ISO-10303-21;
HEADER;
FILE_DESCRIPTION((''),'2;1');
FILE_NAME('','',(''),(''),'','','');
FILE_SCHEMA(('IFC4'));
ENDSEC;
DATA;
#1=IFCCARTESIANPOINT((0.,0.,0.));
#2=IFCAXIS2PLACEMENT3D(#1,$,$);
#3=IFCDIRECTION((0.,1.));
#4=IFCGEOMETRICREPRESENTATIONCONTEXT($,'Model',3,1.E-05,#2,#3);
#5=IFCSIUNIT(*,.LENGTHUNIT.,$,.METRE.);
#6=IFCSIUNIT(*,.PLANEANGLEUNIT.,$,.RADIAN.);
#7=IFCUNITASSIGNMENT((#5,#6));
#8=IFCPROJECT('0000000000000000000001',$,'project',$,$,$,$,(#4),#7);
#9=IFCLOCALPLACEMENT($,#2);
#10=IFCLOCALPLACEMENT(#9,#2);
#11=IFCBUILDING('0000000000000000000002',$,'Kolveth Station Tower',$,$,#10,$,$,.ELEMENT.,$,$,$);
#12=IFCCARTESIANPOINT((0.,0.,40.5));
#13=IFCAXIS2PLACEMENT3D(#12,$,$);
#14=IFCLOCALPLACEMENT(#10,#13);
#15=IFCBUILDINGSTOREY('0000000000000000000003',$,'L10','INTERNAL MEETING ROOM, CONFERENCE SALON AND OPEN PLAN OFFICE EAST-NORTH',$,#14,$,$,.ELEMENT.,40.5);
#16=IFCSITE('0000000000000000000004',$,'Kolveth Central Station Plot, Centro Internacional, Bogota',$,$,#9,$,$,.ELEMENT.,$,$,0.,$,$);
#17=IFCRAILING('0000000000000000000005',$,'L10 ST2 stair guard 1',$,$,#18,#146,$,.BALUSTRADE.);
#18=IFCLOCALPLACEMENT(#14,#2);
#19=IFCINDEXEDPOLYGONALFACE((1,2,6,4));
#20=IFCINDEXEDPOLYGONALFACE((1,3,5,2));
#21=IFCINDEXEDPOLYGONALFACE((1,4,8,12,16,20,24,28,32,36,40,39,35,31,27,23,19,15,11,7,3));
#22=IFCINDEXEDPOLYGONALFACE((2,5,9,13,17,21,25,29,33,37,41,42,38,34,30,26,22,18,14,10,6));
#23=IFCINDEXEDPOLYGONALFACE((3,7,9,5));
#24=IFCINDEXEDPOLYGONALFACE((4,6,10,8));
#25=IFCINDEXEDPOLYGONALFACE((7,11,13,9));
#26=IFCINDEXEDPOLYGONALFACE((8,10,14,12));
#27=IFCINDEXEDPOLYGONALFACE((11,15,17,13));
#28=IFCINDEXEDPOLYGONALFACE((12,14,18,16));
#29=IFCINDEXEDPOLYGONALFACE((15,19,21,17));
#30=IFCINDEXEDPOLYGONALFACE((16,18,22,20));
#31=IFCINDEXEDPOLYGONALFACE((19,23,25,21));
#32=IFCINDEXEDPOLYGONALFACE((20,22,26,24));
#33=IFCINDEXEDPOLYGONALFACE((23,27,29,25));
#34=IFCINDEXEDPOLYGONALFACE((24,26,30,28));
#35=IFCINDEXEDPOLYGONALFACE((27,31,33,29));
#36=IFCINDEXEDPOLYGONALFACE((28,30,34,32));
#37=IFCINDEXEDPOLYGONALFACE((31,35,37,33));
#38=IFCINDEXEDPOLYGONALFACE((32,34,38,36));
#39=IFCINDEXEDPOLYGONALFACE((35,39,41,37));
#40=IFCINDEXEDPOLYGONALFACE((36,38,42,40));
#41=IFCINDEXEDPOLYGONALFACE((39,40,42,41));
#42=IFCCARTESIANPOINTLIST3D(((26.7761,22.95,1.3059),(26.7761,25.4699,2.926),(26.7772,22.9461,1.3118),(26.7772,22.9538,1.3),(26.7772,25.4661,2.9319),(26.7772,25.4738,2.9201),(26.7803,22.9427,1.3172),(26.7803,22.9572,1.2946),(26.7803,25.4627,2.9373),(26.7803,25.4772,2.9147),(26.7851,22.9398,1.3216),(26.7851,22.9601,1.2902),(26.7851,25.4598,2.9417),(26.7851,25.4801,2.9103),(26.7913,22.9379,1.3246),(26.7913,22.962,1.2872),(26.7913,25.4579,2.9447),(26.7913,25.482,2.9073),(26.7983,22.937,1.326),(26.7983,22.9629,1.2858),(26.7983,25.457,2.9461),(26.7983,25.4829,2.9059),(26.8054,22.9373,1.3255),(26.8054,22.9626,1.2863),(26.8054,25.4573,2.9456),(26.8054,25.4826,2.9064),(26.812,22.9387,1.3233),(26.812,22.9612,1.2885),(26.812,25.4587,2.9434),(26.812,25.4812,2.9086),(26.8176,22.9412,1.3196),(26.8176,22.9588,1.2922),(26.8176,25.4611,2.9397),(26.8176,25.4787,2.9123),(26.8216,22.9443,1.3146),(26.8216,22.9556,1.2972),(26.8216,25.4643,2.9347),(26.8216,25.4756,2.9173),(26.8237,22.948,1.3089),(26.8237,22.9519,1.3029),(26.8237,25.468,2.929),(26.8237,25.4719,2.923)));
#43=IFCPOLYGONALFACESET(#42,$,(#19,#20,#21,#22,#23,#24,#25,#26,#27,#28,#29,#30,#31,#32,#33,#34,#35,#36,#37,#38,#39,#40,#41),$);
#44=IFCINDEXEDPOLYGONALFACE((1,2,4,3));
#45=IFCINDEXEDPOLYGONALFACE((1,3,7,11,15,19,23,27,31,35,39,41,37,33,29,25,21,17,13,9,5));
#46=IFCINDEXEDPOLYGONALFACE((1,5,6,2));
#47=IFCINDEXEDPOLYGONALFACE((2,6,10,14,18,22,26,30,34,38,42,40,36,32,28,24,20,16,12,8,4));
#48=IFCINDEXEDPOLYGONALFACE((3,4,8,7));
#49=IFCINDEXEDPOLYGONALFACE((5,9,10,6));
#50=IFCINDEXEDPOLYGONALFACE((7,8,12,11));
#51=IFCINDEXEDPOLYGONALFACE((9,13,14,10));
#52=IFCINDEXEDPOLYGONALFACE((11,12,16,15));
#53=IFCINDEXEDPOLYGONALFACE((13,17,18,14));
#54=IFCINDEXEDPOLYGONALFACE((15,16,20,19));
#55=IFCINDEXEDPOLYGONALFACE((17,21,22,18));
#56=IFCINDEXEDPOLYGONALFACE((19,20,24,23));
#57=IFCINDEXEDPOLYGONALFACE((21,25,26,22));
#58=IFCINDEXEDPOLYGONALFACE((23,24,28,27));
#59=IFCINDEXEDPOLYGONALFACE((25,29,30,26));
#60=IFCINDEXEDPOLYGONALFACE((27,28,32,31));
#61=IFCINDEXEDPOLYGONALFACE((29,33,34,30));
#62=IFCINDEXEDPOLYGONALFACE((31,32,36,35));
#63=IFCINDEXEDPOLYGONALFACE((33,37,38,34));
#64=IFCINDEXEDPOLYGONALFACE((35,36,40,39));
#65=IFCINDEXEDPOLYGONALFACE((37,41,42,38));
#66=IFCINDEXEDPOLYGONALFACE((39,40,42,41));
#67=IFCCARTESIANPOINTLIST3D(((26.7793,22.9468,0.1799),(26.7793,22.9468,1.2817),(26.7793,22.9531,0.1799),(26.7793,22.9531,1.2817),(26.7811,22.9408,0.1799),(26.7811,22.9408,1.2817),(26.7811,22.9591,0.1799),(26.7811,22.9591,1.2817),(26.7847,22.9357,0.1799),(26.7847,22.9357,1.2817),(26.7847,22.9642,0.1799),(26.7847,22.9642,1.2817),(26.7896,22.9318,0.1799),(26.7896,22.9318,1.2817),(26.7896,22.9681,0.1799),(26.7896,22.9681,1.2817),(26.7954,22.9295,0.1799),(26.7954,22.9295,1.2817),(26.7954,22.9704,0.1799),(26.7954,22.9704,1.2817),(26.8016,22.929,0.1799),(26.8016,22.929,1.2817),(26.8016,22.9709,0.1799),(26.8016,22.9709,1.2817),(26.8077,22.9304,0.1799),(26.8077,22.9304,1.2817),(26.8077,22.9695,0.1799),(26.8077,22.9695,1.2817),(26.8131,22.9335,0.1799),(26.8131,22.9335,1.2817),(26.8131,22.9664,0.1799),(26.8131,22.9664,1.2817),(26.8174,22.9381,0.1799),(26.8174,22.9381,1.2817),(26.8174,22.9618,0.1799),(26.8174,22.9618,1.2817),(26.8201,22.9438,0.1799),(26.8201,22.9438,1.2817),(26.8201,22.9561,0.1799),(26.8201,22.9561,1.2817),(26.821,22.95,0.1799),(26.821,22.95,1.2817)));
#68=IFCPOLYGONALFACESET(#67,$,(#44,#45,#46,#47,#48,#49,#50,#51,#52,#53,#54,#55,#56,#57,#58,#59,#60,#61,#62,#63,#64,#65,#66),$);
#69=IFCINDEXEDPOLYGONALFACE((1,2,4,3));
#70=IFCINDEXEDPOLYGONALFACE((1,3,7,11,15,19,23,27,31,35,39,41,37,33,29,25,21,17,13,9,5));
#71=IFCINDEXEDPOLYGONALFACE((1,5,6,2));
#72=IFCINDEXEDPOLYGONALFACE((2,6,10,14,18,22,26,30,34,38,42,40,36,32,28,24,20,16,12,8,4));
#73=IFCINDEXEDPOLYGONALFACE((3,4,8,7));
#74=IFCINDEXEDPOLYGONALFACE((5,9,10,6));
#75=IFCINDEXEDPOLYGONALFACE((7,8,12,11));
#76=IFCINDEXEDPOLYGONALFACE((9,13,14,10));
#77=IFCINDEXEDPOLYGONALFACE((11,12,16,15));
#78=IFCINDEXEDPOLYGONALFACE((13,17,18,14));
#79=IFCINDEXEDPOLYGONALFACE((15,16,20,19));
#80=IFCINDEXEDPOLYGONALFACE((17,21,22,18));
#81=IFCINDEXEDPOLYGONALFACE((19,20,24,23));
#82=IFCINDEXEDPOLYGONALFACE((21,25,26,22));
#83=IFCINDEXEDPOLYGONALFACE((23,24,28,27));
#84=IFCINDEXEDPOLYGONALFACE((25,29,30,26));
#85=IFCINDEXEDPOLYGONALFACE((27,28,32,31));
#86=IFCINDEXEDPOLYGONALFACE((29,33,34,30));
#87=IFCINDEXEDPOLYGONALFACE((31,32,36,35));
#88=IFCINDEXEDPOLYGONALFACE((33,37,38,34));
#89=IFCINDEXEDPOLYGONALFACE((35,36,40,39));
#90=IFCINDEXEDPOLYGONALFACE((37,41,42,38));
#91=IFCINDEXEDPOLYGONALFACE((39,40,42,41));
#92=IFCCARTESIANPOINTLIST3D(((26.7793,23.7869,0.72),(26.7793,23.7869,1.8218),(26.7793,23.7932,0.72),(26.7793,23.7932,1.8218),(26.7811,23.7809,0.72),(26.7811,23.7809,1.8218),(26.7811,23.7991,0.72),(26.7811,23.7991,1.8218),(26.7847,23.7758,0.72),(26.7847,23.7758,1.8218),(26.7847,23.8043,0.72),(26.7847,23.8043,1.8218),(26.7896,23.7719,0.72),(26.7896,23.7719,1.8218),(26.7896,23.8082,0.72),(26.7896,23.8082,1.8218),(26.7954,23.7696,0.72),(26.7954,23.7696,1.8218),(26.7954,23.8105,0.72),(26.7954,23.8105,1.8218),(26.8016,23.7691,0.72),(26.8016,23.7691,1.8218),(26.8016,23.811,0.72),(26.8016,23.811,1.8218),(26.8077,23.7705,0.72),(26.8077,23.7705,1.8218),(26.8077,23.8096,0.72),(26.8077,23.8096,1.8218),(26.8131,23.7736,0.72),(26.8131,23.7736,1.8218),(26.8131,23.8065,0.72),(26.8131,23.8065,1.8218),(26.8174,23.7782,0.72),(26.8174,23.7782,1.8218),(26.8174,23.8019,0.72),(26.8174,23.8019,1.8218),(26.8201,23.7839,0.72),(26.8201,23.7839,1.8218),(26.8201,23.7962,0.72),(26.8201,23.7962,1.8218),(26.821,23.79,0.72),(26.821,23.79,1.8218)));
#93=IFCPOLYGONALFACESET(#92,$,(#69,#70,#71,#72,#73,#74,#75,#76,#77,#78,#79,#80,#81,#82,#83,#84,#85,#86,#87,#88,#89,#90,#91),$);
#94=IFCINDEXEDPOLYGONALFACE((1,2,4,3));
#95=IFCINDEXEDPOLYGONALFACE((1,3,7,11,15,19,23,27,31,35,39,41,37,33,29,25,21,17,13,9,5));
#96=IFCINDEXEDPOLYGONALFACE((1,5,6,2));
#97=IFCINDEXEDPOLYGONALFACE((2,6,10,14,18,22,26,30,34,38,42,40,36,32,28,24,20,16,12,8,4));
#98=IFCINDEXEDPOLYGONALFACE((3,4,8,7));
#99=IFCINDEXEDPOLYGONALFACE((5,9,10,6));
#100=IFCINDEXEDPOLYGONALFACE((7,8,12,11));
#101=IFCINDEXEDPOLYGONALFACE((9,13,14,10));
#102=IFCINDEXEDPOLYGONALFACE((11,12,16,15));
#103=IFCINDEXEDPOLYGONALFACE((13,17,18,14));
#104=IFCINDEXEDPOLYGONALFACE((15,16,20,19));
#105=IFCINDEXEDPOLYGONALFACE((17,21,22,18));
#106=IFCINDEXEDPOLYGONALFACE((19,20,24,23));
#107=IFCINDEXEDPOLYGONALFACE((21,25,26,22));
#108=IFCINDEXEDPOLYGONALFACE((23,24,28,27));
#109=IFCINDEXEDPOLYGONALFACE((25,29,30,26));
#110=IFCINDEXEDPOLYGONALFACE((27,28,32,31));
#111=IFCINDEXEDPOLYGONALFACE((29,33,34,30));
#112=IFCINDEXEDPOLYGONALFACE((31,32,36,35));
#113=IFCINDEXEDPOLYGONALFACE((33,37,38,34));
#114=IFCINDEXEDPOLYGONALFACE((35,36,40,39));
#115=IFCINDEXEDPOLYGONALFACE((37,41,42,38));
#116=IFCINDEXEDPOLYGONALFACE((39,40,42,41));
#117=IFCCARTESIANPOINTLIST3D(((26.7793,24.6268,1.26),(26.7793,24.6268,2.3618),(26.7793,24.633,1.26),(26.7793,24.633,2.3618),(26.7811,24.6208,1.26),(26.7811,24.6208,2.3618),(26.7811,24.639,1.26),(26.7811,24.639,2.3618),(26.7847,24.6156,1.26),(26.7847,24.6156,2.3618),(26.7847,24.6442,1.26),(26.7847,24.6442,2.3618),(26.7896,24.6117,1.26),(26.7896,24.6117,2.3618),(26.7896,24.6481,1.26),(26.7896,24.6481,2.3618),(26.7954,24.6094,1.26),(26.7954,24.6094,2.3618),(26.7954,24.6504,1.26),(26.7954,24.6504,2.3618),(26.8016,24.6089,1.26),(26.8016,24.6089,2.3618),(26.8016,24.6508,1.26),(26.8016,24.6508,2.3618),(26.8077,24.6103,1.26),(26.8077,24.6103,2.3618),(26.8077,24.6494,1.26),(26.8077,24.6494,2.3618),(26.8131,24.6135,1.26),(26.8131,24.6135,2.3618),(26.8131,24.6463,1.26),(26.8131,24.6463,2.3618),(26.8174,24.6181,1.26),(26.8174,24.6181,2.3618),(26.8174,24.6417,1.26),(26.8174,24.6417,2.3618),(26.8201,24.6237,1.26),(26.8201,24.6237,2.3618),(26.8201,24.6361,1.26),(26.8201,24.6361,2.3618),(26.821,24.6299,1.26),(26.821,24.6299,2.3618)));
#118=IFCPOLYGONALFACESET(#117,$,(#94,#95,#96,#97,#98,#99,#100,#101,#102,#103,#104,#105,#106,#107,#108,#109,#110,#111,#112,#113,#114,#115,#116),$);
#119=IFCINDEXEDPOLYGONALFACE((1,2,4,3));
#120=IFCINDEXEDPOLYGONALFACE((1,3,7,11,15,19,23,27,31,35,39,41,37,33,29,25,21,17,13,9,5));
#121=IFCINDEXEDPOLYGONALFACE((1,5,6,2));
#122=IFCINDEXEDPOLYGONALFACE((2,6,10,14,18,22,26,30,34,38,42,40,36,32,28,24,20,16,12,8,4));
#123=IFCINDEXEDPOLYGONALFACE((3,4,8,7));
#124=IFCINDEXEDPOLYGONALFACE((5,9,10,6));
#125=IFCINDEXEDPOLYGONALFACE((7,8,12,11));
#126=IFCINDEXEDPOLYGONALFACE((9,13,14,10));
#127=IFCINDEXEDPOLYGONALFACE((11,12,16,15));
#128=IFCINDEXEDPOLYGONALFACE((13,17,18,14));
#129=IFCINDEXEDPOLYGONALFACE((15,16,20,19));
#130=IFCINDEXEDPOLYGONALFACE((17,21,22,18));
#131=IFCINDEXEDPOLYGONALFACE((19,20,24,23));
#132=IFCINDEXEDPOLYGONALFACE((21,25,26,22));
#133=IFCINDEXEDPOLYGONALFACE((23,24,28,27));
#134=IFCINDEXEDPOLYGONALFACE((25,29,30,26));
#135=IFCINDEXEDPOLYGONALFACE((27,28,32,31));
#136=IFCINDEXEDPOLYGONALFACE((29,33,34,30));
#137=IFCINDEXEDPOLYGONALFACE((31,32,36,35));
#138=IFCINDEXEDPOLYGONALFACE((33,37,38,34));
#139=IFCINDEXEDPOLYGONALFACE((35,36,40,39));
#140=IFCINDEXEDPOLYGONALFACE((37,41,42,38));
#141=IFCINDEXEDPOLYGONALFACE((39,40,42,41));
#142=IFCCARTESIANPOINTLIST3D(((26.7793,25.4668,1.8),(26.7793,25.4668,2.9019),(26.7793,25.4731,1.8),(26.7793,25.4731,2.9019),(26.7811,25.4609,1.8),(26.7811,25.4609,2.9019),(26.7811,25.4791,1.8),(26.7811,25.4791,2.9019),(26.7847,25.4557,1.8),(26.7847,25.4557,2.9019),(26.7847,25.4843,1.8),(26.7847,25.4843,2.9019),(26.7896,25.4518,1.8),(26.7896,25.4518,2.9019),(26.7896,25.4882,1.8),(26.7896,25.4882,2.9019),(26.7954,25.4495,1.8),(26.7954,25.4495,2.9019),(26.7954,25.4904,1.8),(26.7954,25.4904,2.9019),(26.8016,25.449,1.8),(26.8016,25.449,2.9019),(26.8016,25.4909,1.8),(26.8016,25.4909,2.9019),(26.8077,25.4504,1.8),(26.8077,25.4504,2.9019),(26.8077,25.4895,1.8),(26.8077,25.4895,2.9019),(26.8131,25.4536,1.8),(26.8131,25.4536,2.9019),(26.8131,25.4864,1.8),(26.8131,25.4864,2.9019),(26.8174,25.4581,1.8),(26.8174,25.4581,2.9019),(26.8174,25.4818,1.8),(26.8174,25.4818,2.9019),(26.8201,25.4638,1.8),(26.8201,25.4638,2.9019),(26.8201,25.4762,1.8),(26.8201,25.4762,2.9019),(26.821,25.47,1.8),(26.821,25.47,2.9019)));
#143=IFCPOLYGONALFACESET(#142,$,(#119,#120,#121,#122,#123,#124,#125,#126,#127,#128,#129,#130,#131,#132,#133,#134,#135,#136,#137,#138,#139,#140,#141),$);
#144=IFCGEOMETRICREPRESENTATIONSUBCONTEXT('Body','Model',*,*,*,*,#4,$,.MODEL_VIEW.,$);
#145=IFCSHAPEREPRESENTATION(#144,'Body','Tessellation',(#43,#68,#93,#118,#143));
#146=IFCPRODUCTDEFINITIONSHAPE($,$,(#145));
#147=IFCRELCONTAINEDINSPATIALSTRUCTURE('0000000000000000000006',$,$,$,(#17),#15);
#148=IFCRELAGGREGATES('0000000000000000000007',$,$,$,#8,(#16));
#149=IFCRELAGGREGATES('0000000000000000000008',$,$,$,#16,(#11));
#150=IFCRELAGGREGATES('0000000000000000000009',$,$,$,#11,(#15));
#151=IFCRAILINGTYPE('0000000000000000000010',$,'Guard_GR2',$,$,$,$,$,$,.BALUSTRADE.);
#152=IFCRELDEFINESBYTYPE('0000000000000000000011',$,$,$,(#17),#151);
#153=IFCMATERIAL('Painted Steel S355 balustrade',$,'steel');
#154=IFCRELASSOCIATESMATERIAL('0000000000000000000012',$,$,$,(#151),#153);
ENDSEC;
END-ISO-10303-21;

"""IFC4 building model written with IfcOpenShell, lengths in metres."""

from ifc_helpers import new_model, si_unit, direction, frame, origin, origin_2d, place, context, subcontext, project, spatial, circle, extrude, material, type_object, element, save


model = new_model("IFC4")

# Units and contexts
model_context = context("Model", 3, precision=1e-05, world=origin(), true_north=direction((0.0, 1.0)))
body_context = subcontext(model_context, "Body", "Model", "MODEL_VIEW")
ifc_project = project(units=[si_unit("LENGTHUNIT", "METRE"), si_unit("PLANEANGLEUNIT", "RADIAN")], contexts=[model_context])

# Site, building, storey
site_placement = place(None, origin())
site = spatial("IfcSite", under=ifc_project, at=site_placement, Name="Kolveth Central Station Plot, Centro Internacional, Bogota", CompositionType="ELEMENT", RefElevation=0.0)
building_placement = place(site_placement, origin())
building = spatial("IfcBuilding", under=site, at=building_placement, Name="Kolveth Station Tower", CompositionType="ELEMENT")
storey_placement = place(building_placement, frame((0.0, 0.0, 40.5)))
storey = spatial("IfcBuildingStorey", under=building, at=storey_placement, Name="L10", Description="INTERNAL MEETING ROOM, CONFERENCE SALON AND OPEN PLAN OFFICE EAST-NORTH", CompositionType="ELEMENT", Elevation=40.5)

# Railing
ifc_material_1 = material(Name="Painted Steel S355 balustrade", Category="steel")
railing_type_1 = type_object("IfcRailingType", Name="Guard_GR2", PredefinedType="BALUSTRADE", material=ifc_material_1)
railing_1_placement = place(storey_placement, frame((26.8, 22.95, 0.1799)))
element("IfcRailing", 1, at=railing_1_placement, inside=storey, type_object=railing_type_1, Name="L10 ST2 stair guard 1", PredefinedType="BALUSTRADE", context=body_context, shape_type="SweptSolid", body=[
    extrude(circle(Radius=0.0239, at=origin_2d()), frame((0.0, 0.0, 1.126), z_axis=(0.0, 0.841163, 0.540782), x_axis=(-1.0, 0.0, 0.0)), (0.0, 0.0, 1.0), 2.9958),
    extrude(circle(Radius=0.021, at=origin_2d()), origin(), (0.0, 0.0, 1.0), 1.1018),
    extrude(circle(Radius=0.021, at=origin_2d()), frame((0.0, 0.8401, 0.54)), (0.0, 0.0, 1.0), 1.1018),
    extrude(circle(Radius=0.021, at=origin_2d()), frame((0.0, 1.6799, 1.0801)), (0.0, 0.0, 1.0), 1.1018),
    extrude(circle(Radius=0.021, at=origin_2d()), frame((0.0, 2.52, 1.6201)), (0.0, 0.0, 1.0), 1.1018),
])

save(model, "model.ifc")
